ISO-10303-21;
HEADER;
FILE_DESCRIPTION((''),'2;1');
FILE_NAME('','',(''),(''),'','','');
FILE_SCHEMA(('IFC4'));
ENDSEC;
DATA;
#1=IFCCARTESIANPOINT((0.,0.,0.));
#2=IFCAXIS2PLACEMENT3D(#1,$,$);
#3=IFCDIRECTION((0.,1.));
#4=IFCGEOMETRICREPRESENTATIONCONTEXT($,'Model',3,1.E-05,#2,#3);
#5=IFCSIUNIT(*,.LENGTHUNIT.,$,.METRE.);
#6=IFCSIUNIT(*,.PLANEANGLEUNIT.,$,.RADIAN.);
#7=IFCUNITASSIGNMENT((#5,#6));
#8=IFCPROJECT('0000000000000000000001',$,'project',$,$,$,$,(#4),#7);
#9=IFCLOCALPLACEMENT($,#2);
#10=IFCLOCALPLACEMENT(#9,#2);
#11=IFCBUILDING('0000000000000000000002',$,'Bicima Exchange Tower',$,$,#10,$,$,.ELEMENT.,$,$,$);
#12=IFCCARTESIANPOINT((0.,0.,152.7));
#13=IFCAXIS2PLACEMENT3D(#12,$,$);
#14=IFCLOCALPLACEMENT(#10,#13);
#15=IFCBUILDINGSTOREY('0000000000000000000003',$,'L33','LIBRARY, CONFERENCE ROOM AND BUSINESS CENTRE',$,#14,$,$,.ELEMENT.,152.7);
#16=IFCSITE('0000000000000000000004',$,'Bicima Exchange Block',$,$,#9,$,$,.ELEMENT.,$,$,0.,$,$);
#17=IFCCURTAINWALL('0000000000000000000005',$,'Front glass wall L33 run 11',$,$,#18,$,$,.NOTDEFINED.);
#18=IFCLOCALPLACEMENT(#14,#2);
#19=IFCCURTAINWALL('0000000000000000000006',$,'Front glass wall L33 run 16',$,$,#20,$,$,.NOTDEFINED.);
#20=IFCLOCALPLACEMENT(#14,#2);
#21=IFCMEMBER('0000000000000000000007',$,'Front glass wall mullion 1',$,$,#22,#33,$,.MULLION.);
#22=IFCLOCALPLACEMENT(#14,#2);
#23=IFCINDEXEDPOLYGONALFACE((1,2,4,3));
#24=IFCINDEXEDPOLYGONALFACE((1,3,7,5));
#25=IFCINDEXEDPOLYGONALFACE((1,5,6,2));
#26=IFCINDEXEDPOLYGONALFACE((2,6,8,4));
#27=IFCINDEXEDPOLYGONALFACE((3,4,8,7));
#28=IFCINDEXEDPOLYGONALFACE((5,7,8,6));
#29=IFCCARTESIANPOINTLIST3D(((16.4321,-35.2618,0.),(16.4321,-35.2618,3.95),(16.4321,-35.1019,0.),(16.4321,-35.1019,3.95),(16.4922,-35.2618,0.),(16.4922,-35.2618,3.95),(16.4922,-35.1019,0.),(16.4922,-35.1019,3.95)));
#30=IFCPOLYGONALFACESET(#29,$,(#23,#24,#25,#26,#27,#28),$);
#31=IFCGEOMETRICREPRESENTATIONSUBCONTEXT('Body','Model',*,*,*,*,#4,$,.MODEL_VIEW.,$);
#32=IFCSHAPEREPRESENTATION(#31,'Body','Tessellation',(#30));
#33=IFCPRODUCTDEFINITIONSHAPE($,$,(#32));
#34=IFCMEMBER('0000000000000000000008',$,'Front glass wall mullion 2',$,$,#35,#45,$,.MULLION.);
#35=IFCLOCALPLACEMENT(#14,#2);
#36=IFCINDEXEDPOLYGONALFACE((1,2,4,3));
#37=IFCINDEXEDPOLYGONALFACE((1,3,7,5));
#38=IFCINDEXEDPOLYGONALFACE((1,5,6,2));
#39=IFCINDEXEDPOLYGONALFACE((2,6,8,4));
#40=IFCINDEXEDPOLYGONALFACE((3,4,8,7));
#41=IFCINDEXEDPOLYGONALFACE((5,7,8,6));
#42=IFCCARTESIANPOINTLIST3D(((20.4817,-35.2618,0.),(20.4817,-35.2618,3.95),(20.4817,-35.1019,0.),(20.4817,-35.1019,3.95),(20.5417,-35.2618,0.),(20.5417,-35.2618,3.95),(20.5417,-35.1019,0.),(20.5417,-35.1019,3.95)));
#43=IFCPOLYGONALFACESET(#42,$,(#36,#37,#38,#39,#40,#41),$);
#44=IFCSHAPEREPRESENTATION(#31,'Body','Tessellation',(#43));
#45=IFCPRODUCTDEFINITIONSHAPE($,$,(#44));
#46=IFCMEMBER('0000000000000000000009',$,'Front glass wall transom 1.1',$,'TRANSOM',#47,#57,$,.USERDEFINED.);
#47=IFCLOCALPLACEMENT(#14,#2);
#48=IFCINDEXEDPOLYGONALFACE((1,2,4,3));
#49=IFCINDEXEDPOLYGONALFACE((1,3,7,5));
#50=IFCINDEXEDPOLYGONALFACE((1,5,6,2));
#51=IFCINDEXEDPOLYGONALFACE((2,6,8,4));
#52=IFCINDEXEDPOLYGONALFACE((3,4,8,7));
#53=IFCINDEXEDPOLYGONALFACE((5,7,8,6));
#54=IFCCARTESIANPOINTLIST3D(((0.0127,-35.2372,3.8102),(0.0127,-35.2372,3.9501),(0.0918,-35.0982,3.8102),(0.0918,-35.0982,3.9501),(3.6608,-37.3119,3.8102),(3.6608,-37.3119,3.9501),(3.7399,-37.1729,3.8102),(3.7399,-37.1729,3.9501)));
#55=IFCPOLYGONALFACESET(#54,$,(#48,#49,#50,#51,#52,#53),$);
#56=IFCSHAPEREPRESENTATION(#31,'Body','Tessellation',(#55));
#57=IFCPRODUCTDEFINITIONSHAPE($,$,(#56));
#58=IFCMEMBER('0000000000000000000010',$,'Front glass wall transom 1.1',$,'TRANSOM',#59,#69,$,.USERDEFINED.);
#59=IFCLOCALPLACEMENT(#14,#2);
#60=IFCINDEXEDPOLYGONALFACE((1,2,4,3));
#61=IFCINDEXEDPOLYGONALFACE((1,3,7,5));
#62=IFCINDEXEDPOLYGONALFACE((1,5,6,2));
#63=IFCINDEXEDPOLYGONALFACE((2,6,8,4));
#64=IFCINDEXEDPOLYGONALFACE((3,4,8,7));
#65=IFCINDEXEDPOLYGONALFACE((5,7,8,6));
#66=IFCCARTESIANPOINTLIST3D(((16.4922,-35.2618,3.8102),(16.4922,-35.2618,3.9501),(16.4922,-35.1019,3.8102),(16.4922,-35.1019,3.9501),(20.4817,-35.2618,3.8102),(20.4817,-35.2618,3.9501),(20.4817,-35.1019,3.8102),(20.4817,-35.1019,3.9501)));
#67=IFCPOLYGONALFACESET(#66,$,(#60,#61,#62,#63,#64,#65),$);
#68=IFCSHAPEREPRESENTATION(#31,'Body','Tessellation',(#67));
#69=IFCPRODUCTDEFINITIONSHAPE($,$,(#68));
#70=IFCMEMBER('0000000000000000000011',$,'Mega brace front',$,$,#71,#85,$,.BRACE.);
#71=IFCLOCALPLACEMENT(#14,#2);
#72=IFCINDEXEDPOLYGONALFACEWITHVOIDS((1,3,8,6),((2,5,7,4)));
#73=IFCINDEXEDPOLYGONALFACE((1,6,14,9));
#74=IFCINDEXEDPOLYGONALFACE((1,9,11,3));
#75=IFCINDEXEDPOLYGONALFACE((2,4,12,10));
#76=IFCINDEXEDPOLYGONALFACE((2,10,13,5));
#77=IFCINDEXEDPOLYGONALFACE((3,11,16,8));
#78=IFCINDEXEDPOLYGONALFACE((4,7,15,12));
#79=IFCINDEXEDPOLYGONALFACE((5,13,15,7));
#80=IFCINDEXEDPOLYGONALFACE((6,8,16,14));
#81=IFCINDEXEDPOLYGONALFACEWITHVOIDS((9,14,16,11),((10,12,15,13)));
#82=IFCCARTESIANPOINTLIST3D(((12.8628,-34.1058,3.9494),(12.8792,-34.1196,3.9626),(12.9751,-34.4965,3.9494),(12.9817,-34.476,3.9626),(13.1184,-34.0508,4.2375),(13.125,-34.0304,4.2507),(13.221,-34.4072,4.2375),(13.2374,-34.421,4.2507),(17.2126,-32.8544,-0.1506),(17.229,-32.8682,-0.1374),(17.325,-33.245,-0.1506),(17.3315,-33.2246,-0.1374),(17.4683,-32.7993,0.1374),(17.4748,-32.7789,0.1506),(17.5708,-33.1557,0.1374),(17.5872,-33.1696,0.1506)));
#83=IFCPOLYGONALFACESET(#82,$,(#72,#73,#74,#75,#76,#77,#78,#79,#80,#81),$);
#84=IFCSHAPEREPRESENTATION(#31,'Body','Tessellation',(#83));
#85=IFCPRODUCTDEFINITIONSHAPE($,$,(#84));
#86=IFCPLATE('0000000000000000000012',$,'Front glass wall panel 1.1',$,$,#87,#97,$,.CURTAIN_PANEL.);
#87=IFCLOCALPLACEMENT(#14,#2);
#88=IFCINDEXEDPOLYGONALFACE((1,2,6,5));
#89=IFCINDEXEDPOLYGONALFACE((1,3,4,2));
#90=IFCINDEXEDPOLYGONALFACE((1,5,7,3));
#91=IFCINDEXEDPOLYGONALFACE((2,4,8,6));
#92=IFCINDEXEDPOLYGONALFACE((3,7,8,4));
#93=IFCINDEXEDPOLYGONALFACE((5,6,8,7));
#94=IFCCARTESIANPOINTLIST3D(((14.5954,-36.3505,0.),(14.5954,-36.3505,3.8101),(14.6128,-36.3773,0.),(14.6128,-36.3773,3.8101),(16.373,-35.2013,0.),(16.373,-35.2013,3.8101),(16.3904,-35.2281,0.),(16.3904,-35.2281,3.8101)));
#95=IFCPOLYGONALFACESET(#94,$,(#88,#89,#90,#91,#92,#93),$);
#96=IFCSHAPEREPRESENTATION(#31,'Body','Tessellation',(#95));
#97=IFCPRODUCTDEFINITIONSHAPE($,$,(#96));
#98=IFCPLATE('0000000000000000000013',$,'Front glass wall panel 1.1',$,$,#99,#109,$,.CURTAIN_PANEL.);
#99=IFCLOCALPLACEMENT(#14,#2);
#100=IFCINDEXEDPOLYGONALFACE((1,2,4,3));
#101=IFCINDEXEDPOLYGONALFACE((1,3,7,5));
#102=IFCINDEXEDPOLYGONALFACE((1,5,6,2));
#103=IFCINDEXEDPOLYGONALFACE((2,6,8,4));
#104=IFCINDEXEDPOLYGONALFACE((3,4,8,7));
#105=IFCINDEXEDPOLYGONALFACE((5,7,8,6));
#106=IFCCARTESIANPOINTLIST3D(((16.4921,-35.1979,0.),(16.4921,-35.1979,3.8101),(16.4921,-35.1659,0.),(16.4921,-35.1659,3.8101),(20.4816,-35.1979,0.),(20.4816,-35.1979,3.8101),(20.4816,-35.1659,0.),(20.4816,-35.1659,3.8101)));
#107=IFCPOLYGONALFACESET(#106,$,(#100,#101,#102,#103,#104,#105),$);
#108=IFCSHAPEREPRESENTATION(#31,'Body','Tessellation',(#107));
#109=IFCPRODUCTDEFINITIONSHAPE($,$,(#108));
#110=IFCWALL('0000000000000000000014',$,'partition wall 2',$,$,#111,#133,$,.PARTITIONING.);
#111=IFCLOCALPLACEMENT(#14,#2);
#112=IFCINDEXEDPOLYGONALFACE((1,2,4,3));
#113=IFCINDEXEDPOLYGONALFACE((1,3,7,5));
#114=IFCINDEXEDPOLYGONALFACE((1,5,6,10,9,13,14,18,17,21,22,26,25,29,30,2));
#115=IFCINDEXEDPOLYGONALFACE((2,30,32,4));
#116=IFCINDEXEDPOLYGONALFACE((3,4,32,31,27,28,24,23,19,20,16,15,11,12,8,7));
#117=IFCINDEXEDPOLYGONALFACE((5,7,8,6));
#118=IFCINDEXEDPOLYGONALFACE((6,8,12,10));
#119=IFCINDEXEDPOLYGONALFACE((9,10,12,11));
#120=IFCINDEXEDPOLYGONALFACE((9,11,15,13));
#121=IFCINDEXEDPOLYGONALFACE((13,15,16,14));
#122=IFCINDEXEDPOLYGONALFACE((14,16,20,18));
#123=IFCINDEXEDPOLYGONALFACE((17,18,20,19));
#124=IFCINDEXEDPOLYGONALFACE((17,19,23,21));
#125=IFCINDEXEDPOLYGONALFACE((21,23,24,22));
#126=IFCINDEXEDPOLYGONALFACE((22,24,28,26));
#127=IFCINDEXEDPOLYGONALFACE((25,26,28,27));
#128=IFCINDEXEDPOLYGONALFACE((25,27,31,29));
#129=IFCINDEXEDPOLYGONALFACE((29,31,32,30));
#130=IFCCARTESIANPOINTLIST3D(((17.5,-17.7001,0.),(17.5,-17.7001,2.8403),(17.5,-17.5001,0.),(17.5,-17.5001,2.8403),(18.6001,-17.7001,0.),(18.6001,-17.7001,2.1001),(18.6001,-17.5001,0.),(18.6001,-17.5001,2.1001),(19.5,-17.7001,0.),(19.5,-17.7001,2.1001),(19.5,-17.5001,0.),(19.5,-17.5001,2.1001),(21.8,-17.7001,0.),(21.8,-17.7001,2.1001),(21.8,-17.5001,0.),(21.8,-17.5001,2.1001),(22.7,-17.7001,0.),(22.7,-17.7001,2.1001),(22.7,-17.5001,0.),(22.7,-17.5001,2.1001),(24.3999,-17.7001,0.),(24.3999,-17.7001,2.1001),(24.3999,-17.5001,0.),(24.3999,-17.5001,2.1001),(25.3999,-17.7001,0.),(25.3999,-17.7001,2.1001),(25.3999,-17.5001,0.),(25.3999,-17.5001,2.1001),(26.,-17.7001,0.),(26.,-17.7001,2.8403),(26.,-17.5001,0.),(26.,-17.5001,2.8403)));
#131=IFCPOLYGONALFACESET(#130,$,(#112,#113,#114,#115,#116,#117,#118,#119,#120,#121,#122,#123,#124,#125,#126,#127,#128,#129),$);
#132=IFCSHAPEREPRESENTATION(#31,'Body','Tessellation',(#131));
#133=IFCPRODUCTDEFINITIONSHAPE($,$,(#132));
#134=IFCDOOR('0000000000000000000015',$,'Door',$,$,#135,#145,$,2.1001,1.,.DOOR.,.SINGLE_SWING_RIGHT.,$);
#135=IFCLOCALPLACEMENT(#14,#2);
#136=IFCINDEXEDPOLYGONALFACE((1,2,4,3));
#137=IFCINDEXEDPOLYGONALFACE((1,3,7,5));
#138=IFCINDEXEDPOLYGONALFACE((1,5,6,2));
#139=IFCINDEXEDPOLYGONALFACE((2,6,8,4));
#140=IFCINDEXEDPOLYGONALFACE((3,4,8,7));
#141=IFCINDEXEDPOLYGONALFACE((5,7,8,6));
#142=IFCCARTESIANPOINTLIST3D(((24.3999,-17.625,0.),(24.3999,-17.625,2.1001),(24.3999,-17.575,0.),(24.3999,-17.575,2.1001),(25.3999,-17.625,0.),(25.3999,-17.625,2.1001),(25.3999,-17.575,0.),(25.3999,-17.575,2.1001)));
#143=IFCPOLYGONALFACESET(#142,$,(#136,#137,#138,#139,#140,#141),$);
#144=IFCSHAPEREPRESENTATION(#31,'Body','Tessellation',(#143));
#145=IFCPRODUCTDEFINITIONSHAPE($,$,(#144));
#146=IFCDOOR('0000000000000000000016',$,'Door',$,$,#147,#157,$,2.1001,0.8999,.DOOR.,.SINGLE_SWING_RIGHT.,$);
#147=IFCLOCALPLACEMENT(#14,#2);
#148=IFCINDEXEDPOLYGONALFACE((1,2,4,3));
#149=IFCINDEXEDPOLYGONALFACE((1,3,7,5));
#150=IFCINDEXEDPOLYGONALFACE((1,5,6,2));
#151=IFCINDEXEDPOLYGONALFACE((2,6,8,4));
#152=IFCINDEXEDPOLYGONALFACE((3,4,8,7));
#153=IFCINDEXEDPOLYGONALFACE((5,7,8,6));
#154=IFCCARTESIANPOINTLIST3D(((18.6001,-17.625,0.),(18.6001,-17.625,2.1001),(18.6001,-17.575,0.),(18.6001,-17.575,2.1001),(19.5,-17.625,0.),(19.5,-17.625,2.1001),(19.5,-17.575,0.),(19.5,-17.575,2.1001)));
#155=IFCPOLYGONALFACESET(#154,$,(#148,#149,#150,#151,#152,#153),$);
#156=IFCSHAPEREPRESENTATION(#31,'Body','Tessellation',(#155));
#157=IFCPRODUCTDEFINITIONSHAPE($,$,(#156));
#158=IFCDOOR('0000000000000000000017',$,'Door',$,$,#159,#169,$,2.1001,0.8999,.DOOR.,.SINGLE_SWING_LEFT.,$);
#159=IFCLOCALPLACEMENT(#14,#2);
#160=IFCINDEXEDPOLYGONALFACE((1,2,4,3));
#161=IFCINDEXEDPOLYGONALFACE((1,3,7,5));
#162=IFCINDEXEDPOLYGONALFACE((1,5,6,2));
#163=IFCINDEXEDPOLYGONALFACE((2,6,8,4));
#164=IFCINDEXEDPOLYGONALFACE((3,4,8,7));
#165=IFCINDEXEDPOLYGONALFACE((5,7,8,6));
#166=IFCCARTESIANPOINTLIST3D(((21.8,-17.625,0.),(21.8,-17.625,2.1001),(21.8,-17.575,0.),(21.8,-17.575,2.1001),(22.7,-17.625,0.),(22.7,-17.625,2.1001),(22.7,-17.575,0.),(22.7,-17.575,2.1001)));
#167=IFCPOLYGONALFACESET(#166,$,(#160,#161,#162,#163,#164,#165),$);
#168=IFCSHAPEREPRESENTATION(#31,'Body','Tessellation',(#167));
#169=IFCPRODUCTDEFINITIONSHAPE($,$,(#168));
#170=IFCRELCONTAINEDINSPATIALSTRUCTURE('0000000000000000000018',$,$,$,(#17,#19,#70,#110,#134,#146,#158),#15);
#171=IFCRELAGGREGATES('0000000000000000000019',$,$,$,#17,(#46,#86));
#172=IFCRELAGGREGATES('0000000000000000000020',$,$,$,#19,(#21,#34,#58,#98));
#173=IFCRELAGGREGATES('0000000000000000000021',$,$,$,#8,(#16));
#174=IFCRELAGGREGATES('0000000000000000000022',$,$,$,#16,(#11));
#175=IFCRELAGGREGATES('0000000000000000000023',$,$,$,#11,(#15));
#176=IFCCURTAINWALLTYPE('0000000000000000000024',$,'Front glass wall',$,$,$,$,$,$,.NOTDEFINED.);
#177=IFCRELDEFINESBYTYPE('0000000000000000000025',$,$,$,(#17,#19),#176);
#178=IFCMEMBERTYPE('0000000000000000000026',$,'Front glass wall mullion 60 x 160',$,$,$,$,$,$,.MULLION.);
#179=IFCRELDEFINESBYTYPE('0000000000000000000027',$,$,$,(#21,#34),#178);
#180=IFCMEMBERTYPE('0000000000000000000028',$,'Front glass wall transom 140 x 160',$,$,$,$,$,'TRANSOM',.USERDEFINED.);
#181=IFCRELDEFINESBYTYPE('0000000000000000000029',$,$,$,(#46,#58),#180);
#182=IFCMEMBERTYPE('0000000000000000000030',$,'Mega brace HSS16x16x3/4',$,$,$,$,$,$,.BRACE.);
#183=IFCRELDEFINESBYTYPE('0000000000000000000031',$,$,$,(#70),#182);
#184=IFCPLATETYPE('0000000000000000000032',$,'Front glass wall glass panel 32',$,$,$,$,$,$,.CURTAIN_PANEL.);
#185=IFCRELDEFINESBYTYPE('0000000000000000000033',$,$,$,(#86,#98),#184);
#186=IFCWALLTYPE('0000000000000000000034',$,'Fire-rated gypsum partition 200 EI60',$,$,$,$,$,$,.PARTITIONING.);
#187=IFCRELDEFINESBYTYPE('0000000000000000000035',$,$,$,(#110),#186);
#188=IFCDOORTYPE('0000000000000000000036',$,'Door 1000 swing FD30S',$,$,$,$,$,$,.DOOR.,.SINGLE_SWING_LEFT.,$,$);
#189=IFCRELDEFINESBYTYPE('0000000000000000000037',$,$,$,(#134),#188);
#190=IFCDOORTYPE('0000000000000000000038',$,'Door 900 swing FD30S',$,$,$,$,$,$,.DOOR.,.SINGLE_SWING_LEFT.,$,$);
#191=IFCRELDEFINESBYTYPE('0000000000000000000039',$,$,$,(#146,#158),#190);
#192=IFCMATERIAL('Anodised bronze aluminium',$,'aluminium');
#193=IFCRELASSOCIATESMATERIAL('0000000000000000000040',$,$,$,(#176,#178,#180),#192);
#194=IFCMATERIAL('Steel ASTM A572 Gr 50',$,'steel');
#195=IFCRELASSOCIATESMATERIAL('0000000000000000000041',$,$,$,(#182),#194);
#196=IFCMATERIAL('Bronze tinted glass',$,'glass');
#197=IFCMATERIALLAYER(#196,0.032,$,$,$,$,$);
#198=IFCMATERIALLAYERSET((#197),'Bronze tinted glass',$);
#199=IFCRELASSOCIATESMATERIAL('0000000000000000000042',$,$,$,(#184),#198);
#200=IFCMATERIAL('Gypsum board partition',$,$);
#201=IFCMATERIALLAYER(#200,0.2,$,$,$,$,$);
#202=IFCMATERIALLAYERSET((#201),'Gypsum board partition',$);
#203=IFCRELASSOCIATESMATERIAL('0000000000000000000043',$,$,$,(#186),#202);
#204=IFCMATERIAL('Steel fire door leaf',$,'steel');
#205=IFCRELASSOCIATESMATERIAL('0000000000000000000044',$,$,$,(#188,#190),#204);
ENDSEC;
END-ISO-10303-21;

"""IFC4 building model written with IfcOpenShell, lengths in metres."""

from ifc_helpers import new_model, si_unit, direction, frame, frame_2d, origin, origin_2d, place, context, subcontext, project, spatial, rectangle, hollow_rectangle, extrude, material, layer, layer_set, material_profile, profile_set, type_object, element, fill, aggregate, save


model = new_model("IFC4")

# Units and contexts
model_context = context("Model", 3, precision=1e-05, world=origin(), true_north=direction((0.0, 1.0)))
body_context = subcontext(model_context, "Body", "Model", "MODEL_VIEW")
ifc_project = project(units=[si_unit("LENGTHUNIT", "METRE"), si_unit("PLANEANGLEUNIT", "RADIAN")], contexts=[model_context])

# Site, building, storey
site_placement = place(None, origin())
site = spatial("IfcSite", under=ifc_project, at=site_placement, Name="Bicima Exchange Block", CompositionType="ELEMENT", RefElevation=0.0)
building_placement = place(site_placement, origin())
building = spatial("IfcBuilding", under=site, at=building_placement, Name="Bicima Exchange Tower", CompositionType="ELEMENT")
storey_placement = place(building_placement, frame((0.0, 0.0, 152.7)))
storey = spatial("IfcBuildingStorey", under=building, at=storey_placement, Name="L33", Description="LIBRARY, CONFERENCE ROOM AND BUSINESS CENTRE", CompositionType="ELEMENT", Elevation=152.7)

# Curtain walls, members
ifc_material_1 = material(Name="Anodised bronze aluminium", Category="aluminium")
curtain_wall_type = type_object("IfcCurtainWallType", Name="Front glass wall", PredefinedType="NOTDEFINED", material=ifc_material_1)
curtain_wall_1_placement = place(storey_placement, origin())
curtain_wall_1 = element("IfcCurtainWall", 1, at=curtain_wall_1_placement, inside=storey, type_object=curtain_wall_type, Name="Front glass wall L33 run 11", PredefinedType="NOTDEFINED")
ifc_material_profile_1 = material_profile(ifc_material_1, rectangle(XDim=0.1599, YDim=0.0601, at=origin_2d()))
ifc_profile_set_1 = profile_set([ifc_material_profile_1], Name="Anodised bronze aluminium")
member_type_1 = type_object("IfcMemberType", Name="Front glass wall mullion 60 x 160", PredefinedType="MULLION", material=ifc_profile_set_1)
curtain_wall_2_placement = place(storey_placement, origin())
curtain_wall_2 = element("IfcCurtainWall", 2, at=curtain_wall_2_placement, inside=storey, type_object=curtain_wall_type, Name="Front glass wall L33 run 16", PredefinedType="NOTDEFINED")
member_1_placement = place(storey_placement, frame((16.4622, -35.1819, 0.0), z_axis=(0.0, 0.0, 1.0), x_axis=(0.0, 1.0, 0.0)))
member_1 = element("IfcMember", 3, at=member_1_placement, type_object=member_type_1, Name="Front glass wall mullion 1", PredefinedType="MULLION", context=body_context, shape_type="SweptSolid", body=[
    extrude(rectangle(XDim=0.1599, YDim=0.0601, at=origin_2d()), origin(), (0.0, 0.0, 1.0), 3.95),
])
member_2_placement = place(storey_placement, frame((20.5117, -35.1819, 0.0), z_axis=(0.0, 0.0, 1.0), x_axis=(0.0, 1.0, 0.0)))
member_2 = element("IfcMember", 4, at=member_2_placement, type_object=member_type_1, Name="Front glass wall mullion 2", PredefinedType="MULLION", context=body_context, shape_type="SweptSolid", body=[
    extrude(rectangle(XDim=0.1599, YDim=0.0601, at=origin_2d()), origin(), (0.0, 0.0, 1.0), 3.95),
])

# Members
ifc_material_profile_2 = material_profile(ifc_material_1, rectangle(XDim=0.1599, YDim=0.1399, at=origin_2d()))
ifc_profile_set_2 = profile_set([ifc_material_profile_2], Name="Anodised bronze aluminium")
member_type_2 = type_object("IfcMemberType", Name="Front glass wall transom 140 x 160", ElementType="TRANSOM", PredefinedType="USERDEFINED", material=ifc_profile_set_2)
member_3_placement = place(storey_placement, frame((0.0522, -35.1677, 3.8801), z_axis=(0.869265, -0.494346, 0.0), x_axis=(0.494346, 0.869265, 0.0)))
member_3 = element("IfcMember", 5, at=member_3_placement, type_object=member_type_2, Name="Front glass wall transom 1.1", ObjectType="TRANSOM", PredefinedType="USERDEFINED", context=body_context, shape_type="SweptSolid", body=[
    extrude(rectangle(XDim=0.1599, YDim=0.1399, at=origin_2d()), origin(), (0.0, 0.0, 1.0), 4.1968),
])
member_4_placement = place(storey_placement, frame((16.4922, -35.1819, 3.8801), z_axis=(1.0, 0.0, 0.0), x_axis=(0.0, 1.0, 0.0)))
member_4 = element("IfcMember", 6, at=member_4_placement, type_object=member_type_2, Name="Front glass wall transom 1.1", ObjectType="TRANSOM", PredefinedType="USERDEFINED", context=body_context, shape_type="SweptSolid", body=[
    extrude(rectangle(XDim=0.1599, YDim=0.1399, at=origin_2d()), origin(), (0.0, 0.0, 1.0), 3.9895),
])
ifc_material_2 = material(Name="Steel ASTM A572 Gr 50", Category="steel")
ifc_material_profile_3 = material_profile(ifc_material_2, hollow_rectangle(XDim=0.4065, YDim=0.4065, WallThickness=0.0178, at=origin_2d()))
ifc_profile_set_3 = profile_set([ifc_material_profile_3], Name="Steel ASTM A572 Gr 50")
member_type_3 = type_object("IfcMemberType", Name="Mega brace HSS16x16x3/4", PredefinedType="BRACE", material=ifc_profile_set_3)
member_5_placement = place(storey_placement, frame((17.3999, -33.012, 0.0), z_axis=(-0.712247, -0.204915, 0.671352), x_axis=(0.276487, -0.961018, 0.0)))
element("IfcMember", 7, at=member_5_placement, inside=storey, type_object=member_type_3, Name="Mega brace front", PredefinedType="BRACE", context=body_context, shape_type="SweptSolid", body=[
    extrude(hollow_rectangle(XDim=0.4065, YDim=0.4065, WallThickness=0.0178, at=origin_2d()), origin(), (0.0, 0.0, 1.0), 6.1072),
])

# Plates
ifc_material_3 = material(Name="Bronze tinted glass", Category="glass")
ifc_layer_1 = layer(ifc_material_3, 0.032)
ifc_layer_set_1 = layer_set([ifc_layer_1], Name="Bronze tinted glass")
plate_type = type_object("IfcPlateType", Name="Front glass wall glass panel 32", PredefinedType="CURTAIN_PANEL", material=ifc_layer_set_1)
plate_1_placement = place(storey_placement, frame((15.4929, -35.7893, 0.0), z_axis=(0.0, 0.0, 1.0), x_axis=(0.839791, 0.542909, 0.0)))
plate_1 = element("IfcPlate", 8, at=plate_1_placement, type_object=plate_type, Name="Front glass wall panel 1.1", PredefinedType="CURTAIN_PANEL", context=body_context, shape_type="SweptSolid", body=[
    extrude(rectangle(XDim=2.1167, YDim=0.032, at=origin_2d()), origin(), (0.0, 0.0, 1.0), 3.8101),
])
aggregate(curtain_wall_1, [member_3, plate_1])
plate_2_placement = place(storey_placement, frame((18.4868, -35.1819, 0.0), z_axis=(0.0, 0.0, 1.0), x_axis=(1.0, 0.0, 0.0)))
plate_2 = element("IfcPlate", 9, at=plate_2_placement, type_object=plate_type, Name="Front glass wall panel 1.1", PredefinedType="CURTAIN_PANEL", context=body_context, shape_type="SweptSolid", body=[
    extrude(rectangle(XDim=3.9895, YDim=0.032, at=origin_2d()), origin(), (0.0, 0.0, 1.0), 3.8101),
])
aggregate(curtain_wall_2, [member_1, member_2, member_4, plate_2])

# Wall, openings, doors
ifc_material_4 = material(Name="Gypsum board partition")
ifc_layer_2 = layer(ifc_material_4, 0.2)
ifc_layer_set_2 = layer_set([ifc_layer_2], Name="Gypsum board partition")
wall_type_1 = type_object("IfcWallType", Name="Fire-rated gypsum partition 200 EI60", PredefinedType="PARTITIONING", material=ifc_layer_set_2)
wall_1_placement = place(storey_placement, frame((17.5, -17.6001, 0.0), z_axis=(0.0, 0.0, 1.0), x_axis=(1.0, 0.0, 0.0)))
wall_1 = element("IfcWall", 10, at=wall_1_placement, inside=storey, type_object=wall_type_1, Name="partition wall 2", PredefinedType="PARTITIONING", context=body_context, shape_type="SweptSolid", body=[
    extrude(rectangle(XDim=8.5, YDim=0.2, at=frame_2d((4.25, 0.0))), origin(), (0.0, 0.0, 1.0), 2.8403),
])
opening_1_placement = place(wall_1_placement, frame((1.1001, 0.0, 0.0)))
opening_1 = element("IfcOpeningElement", 11, at=opening_1_placement, cuts=wall_1, PredefinedType="OPENING", context=body_context, shape_type="SweptSolid", body=[
    extrude(rectangle(XDim=0.8999, YDim=2.1001, at=frame_2d((0.45, 1.05))), frame((0.0, 0.1118, 0.0), z_axis=(0.0, -1.0, 0.0), x_axis=(1.0, 0.0, 0.0)), (0.0, 0.0, 1.0), 0.2239),
])
opening_2_placement = place(wall_1_placement, frame((4.3, 0.0, 0.0)))
opening_2 = element("IfcOpeningElement", 12, at=opening_2_placement, cuts=wall_1, PredefinedType="OPENING", context=body_context, shape_type="SweptSolid", body=[
    extrude(rectangle(XDim=0.8999, YDim=2.1001, at=frame_2d((0.45, 1.05))), frame((0.0, 0.1118, 0.0), z_axis=(0.0, -1.0, 0.0), x_axis=(1.0, 0.0, 0.0)), (0.0, 0.0, 1.0), 0.2239),
])
opening_3_placement = place(wall_1_placement, frame((6.8999, 0.0, 0.0)))
opening_3 = element("IfcOpeningElement", 13, at=opening_3_placement, cuts=wall_1, PredefinedType="OPENING", context=body_context, shape_type="SweptSolid", body=[
    extrude(rectangle(XDim=1.0, YDim=2.1001, at=frame_2d((0.5, 1.05))), frame((0.0, 0.1118, 0.0), z_axis=(0.0, -1.0, 0.0), x_axis=(1.0, 0.0, 0.0)), (0.0, 0.0, 1.0), 0.2239),
])
ifc_material_5 = material(Name="Steel fire door leaf", Category="steel")
door_type_1 = type_object("IfcDoorType", Name="Door 1000 swing FD30S", OperationType="SINGLE_SWING_LEFT", PredefinedType="DOOR", material=ifc_material_5)
door_1_placement = place(opening_3_placement, frame((1.0, 0.0, 0.0), z_axis=(0.0, 0.0, 1.0), x_axis=(-1.0, 0.0, 0.0)))
door_1 = element("IfcDoor", 14, at=door_1_placement, inside=storey, type_object=door_type_1, Name="Door", OperationType="SINGLE_SWING_RIGHT", OverallHeight=2.1001, OverallWidth=1.0, PredefinedType="DOOR", context=body_context, shape_type="SweptSolid", body=[
    extrude(rectangle(XDim=1.0, YDim=2.1001, at=frame_2d((0.5, 1.05))), frame((0.0, 0.0249, 0.0), z_axis=(0.0, -1.0, 0.0), x_axis=(1.0, 0.0, 0.0)), (0.0, 0.0, 1.0), 0.05),
])
fill(opening_3, door_1)
door_type_2 = type_object("IfcDoorType", Name="Door 900 swing FD30S", OperationType="SINGLE_SWING_LEFT", PredefinedType="DOOR", material=ifc_material_5)
door_2_placement = place(opening_1_placement, frame((0.8999, 0.0, 0.0), z_axis=(0.0, 0.0, 1.0), x_axis=(-1.0, 0.0, 0.0)))
door_2 = element("IfcDoor", 15, at=door_2_placement, inside=storey, type_object=door_type_2, Name="Door", OperationType="SINGLE_SWING_RIGHT", OverallHeight=2.1001, OverallWidth=0.8999, PredefinedType="DOOR", context=body_context, shape_type="SweptSolid", body=[
    extrude(rectangle(XDim=0.8999, YDim=2.1001, at=frame_2d((0.45, 1.05))), frame((0.0, 0.0249, 0.0), z_axis=(0.0, -1.0, 0.0), x_axis=(1.0, 0.0, 0.0)), (0.0, 0.0, 1.0), 0.05),
])
fill(opening_1, door_2)
door_3_placement = place(opening_2_placement, frame((0.8999, 0.0, 0.0), z_axis=(0.0, 0.0, 1.0), x_axis=(-1.0, 0.0, 0.0)))
door_3 = element("IfcDoor", 16, at=door_3_placement, inside=storey, type_object=door_type_2, Name="Door", OperationType="SINGLE_SWING_LEFT", OverallHeight=2.1001, OverallWidth=0.8999, PredefinedType="DOOR", context=body_context, shape_type="SweptSolid", body=[
    extrude(rectangle(XDim=0.8999, YDim=2.1001, at=frame_2d((0.45, 1.05))), frame((0.0, 0.0249, 0.0), z_axis=(0.0, -1.0, 0.0), x_axis=(1.0, 0.0, 0.0)), (0.0, 0.0, 1.0), 0.05),
])
fill(opening_2, door_3)

save(model, "model.ifc")
